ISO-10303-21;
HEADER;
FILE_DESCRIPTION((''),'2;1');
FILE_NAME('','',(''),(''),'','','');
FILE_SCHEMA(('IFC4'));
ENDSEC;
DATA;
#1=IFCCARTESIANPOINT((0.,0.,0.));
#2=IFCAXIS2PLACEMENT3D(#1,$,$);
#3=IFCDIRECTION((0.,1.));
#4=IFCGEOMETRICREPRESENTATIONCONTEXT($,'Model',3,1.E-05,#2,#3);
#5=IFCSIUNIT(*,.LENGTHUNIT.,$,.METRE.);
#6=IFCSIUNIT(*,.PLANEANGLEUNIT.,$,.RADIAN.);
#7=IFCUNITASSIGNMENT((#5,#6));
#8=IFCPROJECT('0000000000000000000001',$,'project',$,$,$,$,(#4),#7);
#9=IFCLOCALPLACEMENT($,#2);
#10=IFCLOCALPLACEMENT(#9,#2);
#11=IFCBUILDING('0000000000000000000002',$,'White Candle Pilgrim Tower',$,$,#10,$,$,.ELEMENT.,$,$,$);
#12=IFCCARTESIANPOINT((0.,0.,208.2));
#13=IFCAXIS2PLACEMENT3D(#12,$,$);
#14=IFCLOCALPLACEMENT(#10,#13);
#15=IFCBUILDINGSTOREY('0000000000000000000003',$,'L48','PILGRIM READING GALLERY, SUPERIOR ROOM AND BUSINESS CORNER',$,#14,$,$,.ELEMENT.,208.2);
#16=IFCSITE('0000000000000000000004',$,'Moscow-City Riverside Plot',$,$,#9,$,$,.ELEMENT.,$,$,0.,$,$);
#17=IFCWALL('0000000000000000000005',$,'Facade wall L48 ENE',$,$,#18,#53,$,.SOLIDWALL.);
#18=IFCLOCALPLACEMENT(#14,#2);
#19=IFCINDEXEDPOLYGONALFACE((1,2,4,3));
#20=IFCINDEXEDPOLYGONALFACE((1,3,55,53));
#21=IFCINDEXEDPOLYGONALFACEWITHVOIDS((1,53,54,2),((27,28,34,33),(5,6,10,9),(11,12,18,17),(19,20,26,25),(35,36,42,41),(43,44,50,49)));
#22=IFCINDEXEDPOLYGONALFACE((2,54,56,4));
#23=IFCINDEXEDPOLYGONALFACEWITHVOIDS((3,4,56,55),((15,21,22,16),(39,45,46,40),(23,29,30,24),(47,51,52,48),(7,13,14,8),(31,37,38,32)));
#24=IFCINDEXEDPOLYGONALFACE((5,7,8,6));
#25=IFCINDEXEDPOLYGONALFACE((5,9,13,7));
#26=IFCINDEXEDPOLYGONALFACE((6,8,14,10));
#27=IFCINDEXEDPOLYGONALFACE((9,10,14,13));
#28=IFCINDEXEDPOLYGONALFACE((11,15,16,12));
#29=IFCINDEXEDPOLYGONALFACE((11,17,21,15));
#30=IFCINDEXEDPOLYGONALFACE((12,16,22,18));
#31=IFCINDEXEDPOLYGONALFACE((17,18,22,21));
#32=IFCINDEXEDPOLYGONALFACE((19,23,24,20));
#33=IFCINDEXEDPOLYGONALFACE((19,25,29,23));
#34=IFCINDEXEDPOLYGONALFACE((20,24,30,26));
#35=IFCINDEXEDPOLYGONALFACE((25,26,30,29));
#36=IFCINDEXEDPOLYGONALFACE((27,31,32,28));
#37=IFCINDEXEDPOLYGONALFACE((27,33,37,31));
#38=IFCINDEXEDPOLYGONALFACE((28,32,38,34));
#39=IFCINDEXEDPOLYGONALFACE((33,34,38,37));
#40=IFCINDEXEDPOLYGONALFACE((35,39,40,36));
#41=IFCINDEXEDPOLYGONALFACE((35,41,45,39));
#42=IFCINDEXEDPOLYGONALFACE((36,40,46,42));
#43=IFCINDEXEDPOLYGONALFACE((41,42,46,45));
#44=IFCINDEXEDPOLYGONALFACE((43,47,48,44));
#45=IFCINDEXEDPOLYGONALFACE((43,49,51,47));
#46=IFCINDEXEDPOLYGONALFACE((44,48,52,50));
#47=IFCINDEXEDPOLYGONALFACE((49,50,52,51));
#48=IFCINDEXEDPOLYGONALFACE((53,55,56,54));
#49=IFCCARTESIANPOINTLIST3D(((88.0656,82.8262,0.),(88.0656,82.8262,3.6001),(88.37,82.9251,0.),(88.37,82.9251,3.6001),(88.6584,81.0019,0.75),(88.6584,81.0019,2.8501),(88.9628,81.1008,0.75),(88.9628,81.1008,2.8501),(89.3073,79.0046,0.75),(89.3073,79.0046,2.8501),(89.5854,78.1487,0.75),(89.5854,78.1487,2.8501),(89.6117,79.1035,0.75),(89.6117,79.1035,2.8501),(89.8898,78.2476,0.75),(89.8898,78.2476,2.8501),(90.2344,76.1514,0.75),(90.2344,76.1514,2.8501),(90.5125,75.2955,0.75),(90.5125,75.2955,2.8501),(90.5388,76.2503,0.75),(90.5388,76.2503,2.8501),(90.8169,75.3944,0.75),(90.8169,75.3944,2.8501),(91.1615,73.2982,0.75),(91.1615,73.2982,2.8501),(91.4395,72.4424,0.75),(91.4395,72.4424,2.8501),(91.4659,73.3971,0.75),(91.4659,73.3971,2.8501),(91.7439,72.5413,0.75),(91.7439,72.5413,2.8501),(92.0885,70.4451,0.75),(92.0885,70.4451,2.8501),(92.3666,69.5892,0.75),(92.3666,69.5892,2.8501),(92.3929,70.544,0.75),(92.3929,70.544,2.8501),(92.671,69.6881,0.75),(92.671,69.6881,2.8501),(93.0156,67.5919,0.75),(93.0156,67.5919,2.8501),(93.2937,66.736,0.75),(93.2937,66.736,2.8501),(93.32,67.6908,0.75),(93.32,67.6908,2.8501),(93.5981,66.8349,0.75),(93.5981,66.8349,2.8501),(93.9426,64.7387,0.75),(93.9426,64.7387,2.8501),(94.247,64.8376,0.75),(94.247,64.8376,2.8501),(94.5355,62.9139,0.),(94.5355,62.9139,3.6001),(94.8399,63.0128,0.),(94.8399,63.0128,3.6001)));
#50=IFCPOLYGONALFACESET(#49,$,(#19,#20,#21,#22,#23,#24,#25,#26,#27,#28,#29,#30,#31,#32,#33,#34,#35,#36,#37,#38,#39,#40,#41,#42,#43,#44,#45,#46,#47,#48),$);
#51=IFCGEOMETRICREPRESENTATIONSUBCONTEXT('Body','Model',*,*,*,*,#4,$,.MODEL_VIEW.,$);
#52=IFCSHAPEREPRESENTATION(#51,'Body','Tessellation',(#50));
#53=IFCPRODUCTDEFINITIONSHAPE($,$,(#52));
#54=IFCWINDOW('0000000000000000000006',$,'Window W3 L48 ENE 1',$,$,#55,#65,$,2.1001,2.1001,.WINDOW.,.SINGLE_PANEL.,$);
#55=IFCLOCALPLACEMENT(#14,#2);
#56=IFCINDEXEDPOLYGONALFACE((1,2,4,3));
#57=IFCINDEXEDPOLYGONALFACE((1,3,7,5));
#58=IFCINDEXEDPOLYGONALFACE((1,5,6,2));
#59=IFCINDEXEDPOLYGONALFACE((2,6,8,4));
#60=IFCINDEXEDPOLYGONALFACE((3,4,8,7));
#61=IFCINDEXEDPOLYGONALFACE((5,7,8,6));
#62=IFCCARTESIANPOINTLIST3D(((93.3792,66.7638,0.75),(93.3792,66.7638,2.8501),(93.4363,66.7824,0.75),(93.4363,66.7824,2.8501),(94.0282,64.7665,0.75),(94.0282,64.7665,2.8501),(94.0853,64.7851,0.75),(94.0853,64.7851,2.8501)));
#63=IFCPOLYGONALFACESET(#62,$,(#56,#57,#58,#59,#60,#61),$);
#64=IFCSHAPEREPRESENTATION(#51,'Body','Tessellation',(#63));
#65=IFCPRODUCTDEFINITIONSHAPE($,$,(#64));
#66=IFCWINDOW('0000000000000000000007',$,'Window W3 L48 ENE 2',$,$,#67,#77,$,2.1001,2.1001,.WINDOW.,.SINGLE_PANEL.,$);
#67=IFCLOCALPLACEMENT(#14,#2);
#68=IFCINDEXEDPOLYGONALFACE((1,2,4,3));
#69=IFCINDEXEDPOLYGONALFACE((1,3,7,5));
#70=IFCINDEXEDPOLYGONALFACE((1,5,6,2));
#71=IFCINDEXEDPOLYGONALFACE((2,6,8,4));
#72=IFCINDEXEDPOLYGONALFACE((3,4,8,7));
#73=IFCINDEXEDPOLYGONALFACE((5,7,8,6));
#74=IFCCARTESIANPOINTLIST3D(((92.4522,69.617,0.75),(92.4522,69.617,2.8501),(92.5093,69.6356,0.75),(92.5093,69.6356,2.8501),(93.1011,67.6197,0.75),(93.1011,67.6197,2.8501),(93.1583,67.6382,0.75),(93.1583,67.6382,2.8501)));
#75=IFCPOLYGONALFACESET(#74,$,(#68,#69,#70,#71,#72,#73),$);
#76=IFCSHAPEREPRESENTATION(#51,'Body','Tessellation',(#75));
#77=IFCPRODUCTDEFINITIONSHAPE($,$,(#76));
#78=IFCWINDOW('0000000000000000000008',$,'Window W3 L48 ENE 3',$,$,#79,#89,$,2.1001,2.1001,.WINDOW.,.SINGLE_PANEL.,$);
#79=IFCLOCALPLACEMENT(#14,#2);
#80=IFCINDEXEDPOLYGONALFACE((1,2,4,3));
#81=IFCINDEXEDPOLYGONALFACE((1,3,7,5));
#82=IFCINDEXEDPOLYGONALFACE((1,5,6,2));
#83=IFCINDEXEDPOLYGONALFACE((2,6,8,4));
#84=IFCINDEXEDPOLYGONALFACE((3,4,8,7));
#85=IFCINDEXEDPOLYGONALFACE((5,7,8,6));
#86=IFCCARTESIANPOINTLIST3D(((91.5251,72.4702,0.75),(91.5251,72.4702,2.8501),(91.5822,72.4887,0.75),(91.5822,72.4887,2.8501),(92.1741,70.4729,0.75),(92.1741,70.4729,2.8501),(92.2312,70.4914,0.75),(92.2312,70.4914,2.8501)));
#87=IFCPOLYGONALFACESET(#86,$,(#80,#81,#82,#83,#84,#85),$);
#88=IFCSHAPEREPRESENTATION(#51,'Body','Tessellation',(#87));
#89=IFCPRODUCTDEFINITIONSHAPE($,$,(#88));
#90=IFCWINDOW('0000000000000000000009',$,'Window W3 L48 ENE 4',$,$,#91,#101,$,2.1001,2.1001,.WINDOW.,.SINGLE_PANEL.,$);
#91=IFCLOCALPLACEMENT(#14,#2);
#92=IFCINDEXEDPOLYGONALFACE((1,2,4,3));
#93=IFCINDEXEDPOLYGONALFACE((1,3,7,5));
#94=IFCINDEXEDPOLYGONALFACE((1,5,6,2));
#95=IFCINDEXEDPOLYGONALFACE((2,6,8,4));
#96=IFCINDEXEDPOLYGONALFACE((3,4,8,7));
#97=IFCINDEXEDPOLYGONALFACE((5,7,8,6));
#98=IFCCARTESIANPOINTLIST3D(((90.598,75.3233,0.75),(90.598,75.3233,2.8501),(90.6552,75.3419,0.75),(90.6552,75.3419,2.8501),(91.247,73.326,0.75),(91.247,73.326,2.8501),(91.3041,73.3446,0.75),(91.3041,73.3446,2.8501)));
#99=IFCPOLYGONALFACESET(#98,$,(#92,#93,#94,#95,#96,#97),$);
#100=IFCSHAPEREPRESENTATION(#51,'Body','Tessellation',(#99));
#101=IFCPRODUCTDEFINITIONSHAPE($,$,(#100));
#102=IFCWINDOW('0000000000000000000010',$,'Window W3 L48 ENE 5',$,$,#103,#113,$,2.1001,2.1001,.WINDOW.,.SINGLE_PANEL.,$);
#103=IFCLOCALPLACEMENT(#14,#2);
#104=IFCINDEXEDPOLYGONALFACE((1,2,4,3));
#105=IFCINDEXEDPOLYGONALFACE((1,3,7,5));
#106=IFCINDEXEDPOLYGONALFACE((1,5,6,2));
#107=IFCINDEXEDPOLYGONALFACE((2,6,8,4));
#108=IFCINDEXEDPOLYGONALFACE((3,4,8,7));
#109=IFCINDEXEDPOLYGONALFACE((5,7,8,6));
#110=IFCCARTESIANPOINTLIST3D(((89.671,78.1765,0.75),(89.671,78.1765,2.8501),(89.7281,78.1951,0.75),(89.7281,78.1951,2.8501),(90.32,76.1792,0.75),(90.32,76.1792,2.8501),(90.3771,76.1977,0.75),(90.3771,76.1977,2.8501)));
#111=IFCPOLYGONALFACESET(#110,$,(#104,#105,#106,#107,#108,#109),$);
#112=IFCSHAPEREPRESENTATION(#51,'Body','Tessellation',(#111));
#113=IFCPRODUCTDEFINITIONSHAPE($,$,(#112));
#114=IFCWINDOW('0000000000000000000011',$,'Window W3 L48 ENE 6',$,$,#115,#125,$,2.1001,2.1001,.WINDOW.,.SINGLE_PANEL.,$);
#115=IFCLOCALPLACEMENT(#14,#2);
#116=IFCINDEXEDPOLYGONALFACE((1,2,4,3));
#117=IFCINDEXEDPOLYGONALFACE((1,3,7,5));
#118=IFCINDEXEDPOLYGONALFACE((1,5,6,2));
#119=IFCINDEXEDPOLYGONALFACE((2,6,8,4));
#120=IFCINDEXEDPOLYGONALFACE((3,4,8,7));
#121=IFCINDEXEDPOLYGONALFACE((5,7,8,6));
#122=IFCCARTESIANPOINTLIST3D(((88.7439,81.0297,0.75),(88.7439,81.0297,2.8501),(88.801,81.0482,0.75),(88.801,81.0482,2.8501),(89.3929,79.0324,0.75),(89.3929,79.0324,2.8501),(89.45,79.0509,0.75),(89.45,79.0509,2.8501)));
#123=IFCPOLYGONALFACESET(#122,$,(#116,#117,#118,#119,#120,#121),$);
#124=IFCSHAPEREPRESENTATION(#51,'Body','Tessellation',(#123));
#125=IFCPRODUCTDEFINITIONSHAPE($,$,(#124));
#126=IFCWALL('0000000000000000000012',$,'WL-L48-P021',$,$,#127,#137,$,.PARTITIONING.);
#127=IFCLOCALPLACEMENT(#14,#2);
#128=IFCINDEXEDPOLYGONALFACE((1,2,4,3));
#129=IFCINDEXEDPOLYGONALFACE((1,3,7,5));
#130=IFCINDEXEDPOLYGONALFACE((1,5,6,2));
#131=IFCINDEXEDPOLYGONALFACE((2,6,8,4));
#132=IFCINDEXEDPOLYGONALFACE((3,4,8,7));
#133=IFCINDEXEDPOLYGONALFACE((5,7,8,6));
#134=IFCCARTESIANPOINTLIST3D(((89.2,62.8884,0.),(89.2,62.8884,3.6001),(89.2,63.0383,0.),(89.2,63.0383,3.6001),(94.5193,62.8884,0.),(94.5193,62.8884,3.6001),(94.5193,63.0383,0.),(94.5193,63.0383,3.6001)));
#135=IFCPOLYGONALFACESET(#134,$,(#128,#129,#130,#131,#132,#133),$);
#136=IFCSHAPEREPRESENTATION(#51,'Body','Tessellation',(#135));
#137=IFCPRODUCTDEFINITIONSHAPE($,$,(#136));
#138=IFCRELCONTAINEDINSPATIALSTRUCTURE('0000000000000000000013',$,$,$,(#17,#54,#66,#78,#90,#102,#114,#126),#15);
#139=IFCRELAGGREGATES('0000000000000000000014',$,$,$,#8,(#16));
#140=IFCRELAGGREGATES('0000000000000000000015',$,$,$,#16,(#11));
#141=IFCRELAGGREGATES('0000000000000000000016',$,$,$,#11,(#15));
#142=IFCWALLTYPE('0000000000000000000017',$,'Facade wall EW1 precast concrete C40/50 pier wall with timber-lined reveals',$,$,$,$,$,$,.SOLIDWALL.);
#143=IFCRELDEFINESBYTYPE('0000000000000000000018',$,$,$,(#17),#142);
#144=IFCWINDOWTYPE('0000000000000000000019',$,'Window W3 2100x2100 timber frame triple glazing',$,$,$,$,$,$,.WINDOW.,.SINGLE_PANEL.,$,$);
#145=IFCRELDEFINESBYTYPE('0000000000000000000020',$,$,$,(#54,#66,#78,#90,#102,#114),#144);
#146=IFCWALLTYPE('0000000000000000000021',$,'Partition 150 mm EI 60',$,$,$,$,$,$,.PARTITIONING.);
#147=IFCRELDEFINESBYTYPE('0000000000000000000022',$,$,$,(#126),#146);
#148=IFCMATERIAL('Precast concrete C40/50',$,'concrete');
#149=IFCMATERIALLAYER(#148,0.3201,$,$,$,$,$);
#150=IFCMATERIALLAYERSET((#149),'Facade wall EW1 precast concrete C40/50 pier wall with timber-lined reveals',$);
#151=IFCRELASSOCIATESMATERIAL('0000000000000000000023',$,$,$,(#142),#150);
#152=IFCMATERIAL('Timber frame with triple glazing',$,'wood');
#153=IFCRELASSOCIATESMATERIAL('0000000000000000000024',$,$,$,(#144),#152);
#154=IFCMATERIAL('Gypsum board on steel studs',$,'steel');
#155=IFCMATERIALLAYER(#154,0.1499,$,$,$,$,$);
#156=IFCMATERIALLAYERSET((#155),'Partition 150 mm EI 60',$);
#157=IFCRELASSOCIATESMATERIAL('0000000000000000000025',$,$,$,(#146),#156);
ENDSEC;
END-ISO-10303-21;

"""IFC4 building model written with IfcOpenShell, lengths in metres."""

from ifc_helpers import new_model, si_unit, direction, frame, frame_2d, origin, place, context, subcontext, project, spatial, rectangle, extrude, material, layer, layer_set, type_object, element, fill, save


model = new_model("IFC4")

# Units and contexts
model_context = context("Model", 3, precision=1e-05, world=origin(), true_north=direction((0.0, 1.0)))
body_context = subcontext(model_context, "Body", "Model", "MODEL_VIEW")
ifc_project = project(units=[si_unit("LENGTHUNIT", "METRE"), si_unit("PLANEANGLEUNIT", "RADIAN")], contexts=[model_context])

# Site, building, storey
site_placement = place(None, origin())
site = spatial("IfcSite", under=ifc_project, at=site_placement, Name="Moscow-City Riverside Plot", CompositionType="ELEMENT", RefElevation=0.0)
building_placement = place(site_placement, origin())
building = spatial("IfcBuilding", under=site, at=building_placement, Name="White Candle Pilgrim Tower", CompositionType="ELEMENT")
storey_placement = place(building_placement, frame((0.0, 0.0, 208.2)))
storey = spatial("IfcBuildingStorey", under=building, at=storey_placement, Name="L48", Description="PILGRIM READING GALLERY, SUPERIOR ROOM AND BUSINESS CORNER", CompositionType="ELEMENT", Elevation=208.2)

# Shared definitions
ifc_material_1 = material(Name="Gypsum board on steel studs", Category="steel")

# Wall, openings, windows
ifc_material_2 = material(Name="Precast concrete C40/50", Category="concrete")
ifc_layer_1 = layer(ifc_material_2, 0.3201)
ifc_layer_set_1 = layer_set([ifc_layer_1], Name="Facade wall EW1 precast concrete C40/50 pier wall with timber-lined reveals")
wall_type_1 = type_object("IfcWallType", Name="Facade wall EW1 precast concrete C40/50 pier wall with timber-lined reveals", PredefinedType="SOLIDWALL", material=ifc_layer_set_1)
wall_1_placement = place(storey_placement, frame((94.6877, 62.9634, 0.0), z_axis=(0.0, 0.0, 1.0), x_axis=(-0.309019, 0.951056, 0.0)))
wall_1 = element("IfcWall", 1, at=wall_1_placement, inside=storey, type_object=wall_type_1, Name="Facade wall L48 ENE", PredefinedType="SOLIDWALL", context=body_context, shape_type="SweptSolid", body=[
    extrude(rectangle(XDim=20.937, YDim=0.3201, at=frame_2d((10.4685, 0.0))), origin(), (0.0, 0.0, 1.0), 3.6001),
])
opening_1_placement = place(wall_1_placement, frame((1.9187, 0.0, 0.75)))
opening_1 = element("IfcOpeningElement", 2, at=opening_1_placement, cuts=wall_1, PredefinedType="OPENING", context=body_context, shape_type="SweptSolid", body=[
    extrude(rectangle(XDim=2.1001, YDim=2.1001, at=frame_2d((1.05, 1.05))), frame((0.0, 0.1699, 0.0), z_axis=(0.0, -1.0, 0.0), x_axis=(1.0, 0.0, 0.0)), (0.0, 0.0, 1.0), 0.3401),
])
opening_2_placement = place(wall_1_placement, frame((4.9187, 0.0, 0.75)))
opening_2 = element("IfcOpeningElement", 3, at=opening_2_placement, cuts=wall_1, PredefinedType="OPENING", context=body_context, shape_type="SweptSolid", body=[
    extrude(rectangle(XDim=2.1001, YDim=2.1001, at=frame_2d((1.05, 1.05))), frame((0.0, 0.1699, 0.0), z_axis=(0.0, -1.0, 0.0), x_axis=(1.0, 0.0, 0.0)), (0.0, 0.0, 1.0), 0.3401),
])
opening_3_placement = place(wall_1_placement, frame((7.9187, 0.0, 0.75)))
opening_3 = element("IfcOpeningElement", 4, at=opening_3_placement, cuts=wall_1, PredefinedType="OPENING", context=body_context, shape_type="SweptSolid", body=[
    extrude(rectangle(XDim=2.1001, YDim=2.1001, at=frame_2d((1.05, 1.05))), frame((0.0, 0.1699, 0.0), z_axis=(0.0, -1.0, 0.0), x_axis=(1.0, 0.0, 0.0)), (0.0, 0.0, 1.0), 0.3401),
])
opening_4_placement = place(wall_1_placement, frame((10.9187, 0.0, 0.75)))
opening_4 = element("IfcOpeningElement", 5, at=opening_4_placement, cuts=wall_1, PredefinedType="OPENING", context=body_context, shape_type="SweptSolid", body=[
    extrude(rectangle(XDim=2.1001, YDim=2.1001, at=frame_2d((1.05, 1.05))), frame((0.0, 0.1699, 0.0), z_axis=(0.0, -1.0, 0.0), x_axis=(1.0, 0.0, 0.0)), (0.0, 0.0, 1.0), 0.3401),
])
opening_5_placement = place(wall_1_placement, frame((13.9187, 0.0, 0.75)))
opening_5 = element("IfcOpeningElement", 6, at=opening_5_placement, cuts=wall_1, PredefinedType="OPENING", context=body_context, shape_type="SweptSolid", body=[
    extrude(rectangle(XDim=2.1001, YDim=2.1001, at=frame_2d((1.05, 1.05))), frame((0.0, 0.1699, 0.0), z_axis=(0.0, -1.0, 0.0), x_axis=(1.0, 0.0, 0.0)), (0.0, 0.0, 1.0), 0.3401),
])
opening_6_placement = place(wall_1_placement, frame((16.9187, 0.0, 0.75)))
opening_6 = element("IfcOpeningElement", 7, at=opening_6_placement, cuts=wall_1, PredefinedType="OPENING", context=body_context, shape_type="SweptSolid", body=[
    extrude(rectangle(XDim=2.1001, YDim=2.1001, at=frame_2d((1.05, 1.05))), frame((0.0, 0.1699, 0.0), z_axis=(0.0, -1.0, 0.0), x_axis=(1.0, 0.0, 0.0)), (0.0, 0.0, 1.0), 0.3401),
])
ifc_material_3 = material(Name="Timber frame with triple glazing", Category="wood")
window_type = type_object("IfcWindowType", Name="Window W3 2100x2100 timber frame triple glazing", PartitioningType="SINGLE_PANEL", PredefinedType="WINDOW", material=ifc_material_3)
window_1_placement = place(opening_1_placement, origin())
window_1 = element("IfcWindow", 8, at=window_1_placement, inside=storey, type_object=window_type, Name="Window W3 L48 ENE 1", OverallHeight=2.1001, OverallWidth=2.1001, PartitioningType="SINGLE_PANEL", PredefinedType="WINDOW", context=body_context, shape_type="SweptSolid", body=[
    extrude(rectangle(XDim=2.1001, YDim=2.1001, at=frame_2d((1.05, 1.05))), frame((0.0, 0.0701, 0.0), z_axis=(0.0, -1.0, 0.0), x_axis=(1.0, 0.0, 0.0)), (0.0, 0.0, 1.0), 0.0601),
])
fill(opening_1, window_1)
window_2_placement = place(opening_2_placement, origin())
window_2 = element("IfcWindow", 9, at=window_2_placement, inside=storey, type_object=window_type, Name="Window W3 L48 ENE 2", OverallHeight=2.1001, OverallWidth=2.1001, PartitioningType="SINGLE_PANEL", PredefinedType="WINDOW", context=body_context, shape_type="SweptSolid", body=[
    extrude(rectangle(XDim=2.1001, YDim=2.1001, at=frame_2d((1.05, 1.05))), frame((0.0, 0.0701, 0.0), z_axis=(0.0, -1.0, 0.0), x_axis=(1.0, 0.0, 0.0)), (0.0, 0.0, 1.0), 0.0601),
])
fill(opening_2, window_2)
window_3_placement = place(opening_3_placement, origin())
window_3 = element("IfcWindow", 10, at=window_3_placement, inside=storey, type_object=window_type, Name="Window W3 L48 ENE 3", OverallHeight=2.1001, OverallWidth=2.1001, PartitioningType="SINGLE_PANEL", PredefinedType="WINDOW", context=body_context, shape_type="SweptSolid", body=[
    extrude(rectangle(XDim=2.1001, YDim=2.1001, at=frame_2d((1.05, 1.05))), frame((0.0, 0.0701, 0.0), z_axis=(0.0, -1.0, 0.0), x_axis=(1.0, 0.0, 0.0)), (0.0, 0.0, 1.0), 0.0601),
])
fill(opening_3, window_3)
window_4_placement = place(opening_4_placement, origin())
window_4 = element("IfcWindow", 11, at=window_4_placement, inside=storey, type_object=window_type, Name="Window W3 L48 ENE 4", OverallHeight=2.1001, OverallWidth=2.1001, PartitioningType="SINGLE_PANEL", PredefinedType="WINDOW", context=body_context, shape_type="SweptSolid", body=[
    extrude(rectangle(XDim=2.1001, YDim=2.1001, at=frame_2d((1.05, 1.05))), frame((0.0, 0.0701, 0.0), z_axis=(0.0, -1.0, 0.0), x_axis=(1.0, 0.0, 0.0)), (0.0, 0.0, 1.0), 0.0601),
])
fill(opening_4, window_4)
window_5_placement = place(opening_5_placement, origin())
window_5 = element("IfcWindow", 12, at=window_5_placement, inside=storey, type_object=window_type, Name="Window W3 L48 ENE 5", OverallHeight=2.1001, OverallWidth=2.1001, PartitioningType="SINGLE_PANEL", PredefinedType="WINDOW", context=body_context, shape_type="SweptSolid", body=[
    extrude(rectangle(XDim=2.1001, YDim=2.1001, at=frame_2d((1.05, 1.05))), frame((0.0, 0.0701, 0.0), z_axis=(0.0, -1.0, 0.0), x_axis=(1.0, 0.0, 0.0)), (0.0, 0.0, 1.0), 0.0601),
])
fill(opening_5, window_5)
window_6_placement = place(opening_6_placement, origin())
window_6 = element("IfcWindow", 13, at=window_6_placement, inside=storey, type_object=window_type, Name="Window W3 L48 ENE 6", OverallHeight=2.1001, OverallWidth=2.1001, PartitioningType="SINGLE_PANEL", PredefinedType="WINDOW", context=body_context, shape_type="SweptSolid", body=[
    extrude(rectangle(XDim=2.1001, YDim=2.1001, at=frame_2d((1.05, 1.05))), frame((0.0, 0.0701, 0.0), z_axis=(0.0, -1.0, 0.0), x_axis=(1.0, 0.0, 0.0)), (0.0, 0.0, 1.0), 0.0601),
])
fill(opening_6, window_6)

# Wall
ifc_layer_2 = layer(ifc_material_1, 0.1499)
ifc_layer_set_2 = layer_set([ifc_layer_2], Name="Partition 150 mm EI 60")
wall_type_2 = type_object("IfcWallType", Name="Partition 150 mm EI 60", PredefinedType="PARTITIONING", material=ifc_layer_set_2)
wall_2_placement = place(storey_placement, frame((94.5193, 62.9634, 0.0), z_axis=(0.0, 0.0, 1.0), x_axis=(-1.0, 0.0, 0.0)))
element("IfcWall", 14, at=wall_2_placement, inside=storey, type_object=wall_type_2, Name="WL-L48-P021", PredefinedType="PARTITIONING", context=body_context, shape_type="SweptSolid", body=[
    extrude(rectangle(XDim=5.3193, YDim=0.1499, at=frame_2d((2.6597, 0.0))), origin(), (0.0, 0.0, 1.0), 3.6001),
])

save(model, "model.ifc")
